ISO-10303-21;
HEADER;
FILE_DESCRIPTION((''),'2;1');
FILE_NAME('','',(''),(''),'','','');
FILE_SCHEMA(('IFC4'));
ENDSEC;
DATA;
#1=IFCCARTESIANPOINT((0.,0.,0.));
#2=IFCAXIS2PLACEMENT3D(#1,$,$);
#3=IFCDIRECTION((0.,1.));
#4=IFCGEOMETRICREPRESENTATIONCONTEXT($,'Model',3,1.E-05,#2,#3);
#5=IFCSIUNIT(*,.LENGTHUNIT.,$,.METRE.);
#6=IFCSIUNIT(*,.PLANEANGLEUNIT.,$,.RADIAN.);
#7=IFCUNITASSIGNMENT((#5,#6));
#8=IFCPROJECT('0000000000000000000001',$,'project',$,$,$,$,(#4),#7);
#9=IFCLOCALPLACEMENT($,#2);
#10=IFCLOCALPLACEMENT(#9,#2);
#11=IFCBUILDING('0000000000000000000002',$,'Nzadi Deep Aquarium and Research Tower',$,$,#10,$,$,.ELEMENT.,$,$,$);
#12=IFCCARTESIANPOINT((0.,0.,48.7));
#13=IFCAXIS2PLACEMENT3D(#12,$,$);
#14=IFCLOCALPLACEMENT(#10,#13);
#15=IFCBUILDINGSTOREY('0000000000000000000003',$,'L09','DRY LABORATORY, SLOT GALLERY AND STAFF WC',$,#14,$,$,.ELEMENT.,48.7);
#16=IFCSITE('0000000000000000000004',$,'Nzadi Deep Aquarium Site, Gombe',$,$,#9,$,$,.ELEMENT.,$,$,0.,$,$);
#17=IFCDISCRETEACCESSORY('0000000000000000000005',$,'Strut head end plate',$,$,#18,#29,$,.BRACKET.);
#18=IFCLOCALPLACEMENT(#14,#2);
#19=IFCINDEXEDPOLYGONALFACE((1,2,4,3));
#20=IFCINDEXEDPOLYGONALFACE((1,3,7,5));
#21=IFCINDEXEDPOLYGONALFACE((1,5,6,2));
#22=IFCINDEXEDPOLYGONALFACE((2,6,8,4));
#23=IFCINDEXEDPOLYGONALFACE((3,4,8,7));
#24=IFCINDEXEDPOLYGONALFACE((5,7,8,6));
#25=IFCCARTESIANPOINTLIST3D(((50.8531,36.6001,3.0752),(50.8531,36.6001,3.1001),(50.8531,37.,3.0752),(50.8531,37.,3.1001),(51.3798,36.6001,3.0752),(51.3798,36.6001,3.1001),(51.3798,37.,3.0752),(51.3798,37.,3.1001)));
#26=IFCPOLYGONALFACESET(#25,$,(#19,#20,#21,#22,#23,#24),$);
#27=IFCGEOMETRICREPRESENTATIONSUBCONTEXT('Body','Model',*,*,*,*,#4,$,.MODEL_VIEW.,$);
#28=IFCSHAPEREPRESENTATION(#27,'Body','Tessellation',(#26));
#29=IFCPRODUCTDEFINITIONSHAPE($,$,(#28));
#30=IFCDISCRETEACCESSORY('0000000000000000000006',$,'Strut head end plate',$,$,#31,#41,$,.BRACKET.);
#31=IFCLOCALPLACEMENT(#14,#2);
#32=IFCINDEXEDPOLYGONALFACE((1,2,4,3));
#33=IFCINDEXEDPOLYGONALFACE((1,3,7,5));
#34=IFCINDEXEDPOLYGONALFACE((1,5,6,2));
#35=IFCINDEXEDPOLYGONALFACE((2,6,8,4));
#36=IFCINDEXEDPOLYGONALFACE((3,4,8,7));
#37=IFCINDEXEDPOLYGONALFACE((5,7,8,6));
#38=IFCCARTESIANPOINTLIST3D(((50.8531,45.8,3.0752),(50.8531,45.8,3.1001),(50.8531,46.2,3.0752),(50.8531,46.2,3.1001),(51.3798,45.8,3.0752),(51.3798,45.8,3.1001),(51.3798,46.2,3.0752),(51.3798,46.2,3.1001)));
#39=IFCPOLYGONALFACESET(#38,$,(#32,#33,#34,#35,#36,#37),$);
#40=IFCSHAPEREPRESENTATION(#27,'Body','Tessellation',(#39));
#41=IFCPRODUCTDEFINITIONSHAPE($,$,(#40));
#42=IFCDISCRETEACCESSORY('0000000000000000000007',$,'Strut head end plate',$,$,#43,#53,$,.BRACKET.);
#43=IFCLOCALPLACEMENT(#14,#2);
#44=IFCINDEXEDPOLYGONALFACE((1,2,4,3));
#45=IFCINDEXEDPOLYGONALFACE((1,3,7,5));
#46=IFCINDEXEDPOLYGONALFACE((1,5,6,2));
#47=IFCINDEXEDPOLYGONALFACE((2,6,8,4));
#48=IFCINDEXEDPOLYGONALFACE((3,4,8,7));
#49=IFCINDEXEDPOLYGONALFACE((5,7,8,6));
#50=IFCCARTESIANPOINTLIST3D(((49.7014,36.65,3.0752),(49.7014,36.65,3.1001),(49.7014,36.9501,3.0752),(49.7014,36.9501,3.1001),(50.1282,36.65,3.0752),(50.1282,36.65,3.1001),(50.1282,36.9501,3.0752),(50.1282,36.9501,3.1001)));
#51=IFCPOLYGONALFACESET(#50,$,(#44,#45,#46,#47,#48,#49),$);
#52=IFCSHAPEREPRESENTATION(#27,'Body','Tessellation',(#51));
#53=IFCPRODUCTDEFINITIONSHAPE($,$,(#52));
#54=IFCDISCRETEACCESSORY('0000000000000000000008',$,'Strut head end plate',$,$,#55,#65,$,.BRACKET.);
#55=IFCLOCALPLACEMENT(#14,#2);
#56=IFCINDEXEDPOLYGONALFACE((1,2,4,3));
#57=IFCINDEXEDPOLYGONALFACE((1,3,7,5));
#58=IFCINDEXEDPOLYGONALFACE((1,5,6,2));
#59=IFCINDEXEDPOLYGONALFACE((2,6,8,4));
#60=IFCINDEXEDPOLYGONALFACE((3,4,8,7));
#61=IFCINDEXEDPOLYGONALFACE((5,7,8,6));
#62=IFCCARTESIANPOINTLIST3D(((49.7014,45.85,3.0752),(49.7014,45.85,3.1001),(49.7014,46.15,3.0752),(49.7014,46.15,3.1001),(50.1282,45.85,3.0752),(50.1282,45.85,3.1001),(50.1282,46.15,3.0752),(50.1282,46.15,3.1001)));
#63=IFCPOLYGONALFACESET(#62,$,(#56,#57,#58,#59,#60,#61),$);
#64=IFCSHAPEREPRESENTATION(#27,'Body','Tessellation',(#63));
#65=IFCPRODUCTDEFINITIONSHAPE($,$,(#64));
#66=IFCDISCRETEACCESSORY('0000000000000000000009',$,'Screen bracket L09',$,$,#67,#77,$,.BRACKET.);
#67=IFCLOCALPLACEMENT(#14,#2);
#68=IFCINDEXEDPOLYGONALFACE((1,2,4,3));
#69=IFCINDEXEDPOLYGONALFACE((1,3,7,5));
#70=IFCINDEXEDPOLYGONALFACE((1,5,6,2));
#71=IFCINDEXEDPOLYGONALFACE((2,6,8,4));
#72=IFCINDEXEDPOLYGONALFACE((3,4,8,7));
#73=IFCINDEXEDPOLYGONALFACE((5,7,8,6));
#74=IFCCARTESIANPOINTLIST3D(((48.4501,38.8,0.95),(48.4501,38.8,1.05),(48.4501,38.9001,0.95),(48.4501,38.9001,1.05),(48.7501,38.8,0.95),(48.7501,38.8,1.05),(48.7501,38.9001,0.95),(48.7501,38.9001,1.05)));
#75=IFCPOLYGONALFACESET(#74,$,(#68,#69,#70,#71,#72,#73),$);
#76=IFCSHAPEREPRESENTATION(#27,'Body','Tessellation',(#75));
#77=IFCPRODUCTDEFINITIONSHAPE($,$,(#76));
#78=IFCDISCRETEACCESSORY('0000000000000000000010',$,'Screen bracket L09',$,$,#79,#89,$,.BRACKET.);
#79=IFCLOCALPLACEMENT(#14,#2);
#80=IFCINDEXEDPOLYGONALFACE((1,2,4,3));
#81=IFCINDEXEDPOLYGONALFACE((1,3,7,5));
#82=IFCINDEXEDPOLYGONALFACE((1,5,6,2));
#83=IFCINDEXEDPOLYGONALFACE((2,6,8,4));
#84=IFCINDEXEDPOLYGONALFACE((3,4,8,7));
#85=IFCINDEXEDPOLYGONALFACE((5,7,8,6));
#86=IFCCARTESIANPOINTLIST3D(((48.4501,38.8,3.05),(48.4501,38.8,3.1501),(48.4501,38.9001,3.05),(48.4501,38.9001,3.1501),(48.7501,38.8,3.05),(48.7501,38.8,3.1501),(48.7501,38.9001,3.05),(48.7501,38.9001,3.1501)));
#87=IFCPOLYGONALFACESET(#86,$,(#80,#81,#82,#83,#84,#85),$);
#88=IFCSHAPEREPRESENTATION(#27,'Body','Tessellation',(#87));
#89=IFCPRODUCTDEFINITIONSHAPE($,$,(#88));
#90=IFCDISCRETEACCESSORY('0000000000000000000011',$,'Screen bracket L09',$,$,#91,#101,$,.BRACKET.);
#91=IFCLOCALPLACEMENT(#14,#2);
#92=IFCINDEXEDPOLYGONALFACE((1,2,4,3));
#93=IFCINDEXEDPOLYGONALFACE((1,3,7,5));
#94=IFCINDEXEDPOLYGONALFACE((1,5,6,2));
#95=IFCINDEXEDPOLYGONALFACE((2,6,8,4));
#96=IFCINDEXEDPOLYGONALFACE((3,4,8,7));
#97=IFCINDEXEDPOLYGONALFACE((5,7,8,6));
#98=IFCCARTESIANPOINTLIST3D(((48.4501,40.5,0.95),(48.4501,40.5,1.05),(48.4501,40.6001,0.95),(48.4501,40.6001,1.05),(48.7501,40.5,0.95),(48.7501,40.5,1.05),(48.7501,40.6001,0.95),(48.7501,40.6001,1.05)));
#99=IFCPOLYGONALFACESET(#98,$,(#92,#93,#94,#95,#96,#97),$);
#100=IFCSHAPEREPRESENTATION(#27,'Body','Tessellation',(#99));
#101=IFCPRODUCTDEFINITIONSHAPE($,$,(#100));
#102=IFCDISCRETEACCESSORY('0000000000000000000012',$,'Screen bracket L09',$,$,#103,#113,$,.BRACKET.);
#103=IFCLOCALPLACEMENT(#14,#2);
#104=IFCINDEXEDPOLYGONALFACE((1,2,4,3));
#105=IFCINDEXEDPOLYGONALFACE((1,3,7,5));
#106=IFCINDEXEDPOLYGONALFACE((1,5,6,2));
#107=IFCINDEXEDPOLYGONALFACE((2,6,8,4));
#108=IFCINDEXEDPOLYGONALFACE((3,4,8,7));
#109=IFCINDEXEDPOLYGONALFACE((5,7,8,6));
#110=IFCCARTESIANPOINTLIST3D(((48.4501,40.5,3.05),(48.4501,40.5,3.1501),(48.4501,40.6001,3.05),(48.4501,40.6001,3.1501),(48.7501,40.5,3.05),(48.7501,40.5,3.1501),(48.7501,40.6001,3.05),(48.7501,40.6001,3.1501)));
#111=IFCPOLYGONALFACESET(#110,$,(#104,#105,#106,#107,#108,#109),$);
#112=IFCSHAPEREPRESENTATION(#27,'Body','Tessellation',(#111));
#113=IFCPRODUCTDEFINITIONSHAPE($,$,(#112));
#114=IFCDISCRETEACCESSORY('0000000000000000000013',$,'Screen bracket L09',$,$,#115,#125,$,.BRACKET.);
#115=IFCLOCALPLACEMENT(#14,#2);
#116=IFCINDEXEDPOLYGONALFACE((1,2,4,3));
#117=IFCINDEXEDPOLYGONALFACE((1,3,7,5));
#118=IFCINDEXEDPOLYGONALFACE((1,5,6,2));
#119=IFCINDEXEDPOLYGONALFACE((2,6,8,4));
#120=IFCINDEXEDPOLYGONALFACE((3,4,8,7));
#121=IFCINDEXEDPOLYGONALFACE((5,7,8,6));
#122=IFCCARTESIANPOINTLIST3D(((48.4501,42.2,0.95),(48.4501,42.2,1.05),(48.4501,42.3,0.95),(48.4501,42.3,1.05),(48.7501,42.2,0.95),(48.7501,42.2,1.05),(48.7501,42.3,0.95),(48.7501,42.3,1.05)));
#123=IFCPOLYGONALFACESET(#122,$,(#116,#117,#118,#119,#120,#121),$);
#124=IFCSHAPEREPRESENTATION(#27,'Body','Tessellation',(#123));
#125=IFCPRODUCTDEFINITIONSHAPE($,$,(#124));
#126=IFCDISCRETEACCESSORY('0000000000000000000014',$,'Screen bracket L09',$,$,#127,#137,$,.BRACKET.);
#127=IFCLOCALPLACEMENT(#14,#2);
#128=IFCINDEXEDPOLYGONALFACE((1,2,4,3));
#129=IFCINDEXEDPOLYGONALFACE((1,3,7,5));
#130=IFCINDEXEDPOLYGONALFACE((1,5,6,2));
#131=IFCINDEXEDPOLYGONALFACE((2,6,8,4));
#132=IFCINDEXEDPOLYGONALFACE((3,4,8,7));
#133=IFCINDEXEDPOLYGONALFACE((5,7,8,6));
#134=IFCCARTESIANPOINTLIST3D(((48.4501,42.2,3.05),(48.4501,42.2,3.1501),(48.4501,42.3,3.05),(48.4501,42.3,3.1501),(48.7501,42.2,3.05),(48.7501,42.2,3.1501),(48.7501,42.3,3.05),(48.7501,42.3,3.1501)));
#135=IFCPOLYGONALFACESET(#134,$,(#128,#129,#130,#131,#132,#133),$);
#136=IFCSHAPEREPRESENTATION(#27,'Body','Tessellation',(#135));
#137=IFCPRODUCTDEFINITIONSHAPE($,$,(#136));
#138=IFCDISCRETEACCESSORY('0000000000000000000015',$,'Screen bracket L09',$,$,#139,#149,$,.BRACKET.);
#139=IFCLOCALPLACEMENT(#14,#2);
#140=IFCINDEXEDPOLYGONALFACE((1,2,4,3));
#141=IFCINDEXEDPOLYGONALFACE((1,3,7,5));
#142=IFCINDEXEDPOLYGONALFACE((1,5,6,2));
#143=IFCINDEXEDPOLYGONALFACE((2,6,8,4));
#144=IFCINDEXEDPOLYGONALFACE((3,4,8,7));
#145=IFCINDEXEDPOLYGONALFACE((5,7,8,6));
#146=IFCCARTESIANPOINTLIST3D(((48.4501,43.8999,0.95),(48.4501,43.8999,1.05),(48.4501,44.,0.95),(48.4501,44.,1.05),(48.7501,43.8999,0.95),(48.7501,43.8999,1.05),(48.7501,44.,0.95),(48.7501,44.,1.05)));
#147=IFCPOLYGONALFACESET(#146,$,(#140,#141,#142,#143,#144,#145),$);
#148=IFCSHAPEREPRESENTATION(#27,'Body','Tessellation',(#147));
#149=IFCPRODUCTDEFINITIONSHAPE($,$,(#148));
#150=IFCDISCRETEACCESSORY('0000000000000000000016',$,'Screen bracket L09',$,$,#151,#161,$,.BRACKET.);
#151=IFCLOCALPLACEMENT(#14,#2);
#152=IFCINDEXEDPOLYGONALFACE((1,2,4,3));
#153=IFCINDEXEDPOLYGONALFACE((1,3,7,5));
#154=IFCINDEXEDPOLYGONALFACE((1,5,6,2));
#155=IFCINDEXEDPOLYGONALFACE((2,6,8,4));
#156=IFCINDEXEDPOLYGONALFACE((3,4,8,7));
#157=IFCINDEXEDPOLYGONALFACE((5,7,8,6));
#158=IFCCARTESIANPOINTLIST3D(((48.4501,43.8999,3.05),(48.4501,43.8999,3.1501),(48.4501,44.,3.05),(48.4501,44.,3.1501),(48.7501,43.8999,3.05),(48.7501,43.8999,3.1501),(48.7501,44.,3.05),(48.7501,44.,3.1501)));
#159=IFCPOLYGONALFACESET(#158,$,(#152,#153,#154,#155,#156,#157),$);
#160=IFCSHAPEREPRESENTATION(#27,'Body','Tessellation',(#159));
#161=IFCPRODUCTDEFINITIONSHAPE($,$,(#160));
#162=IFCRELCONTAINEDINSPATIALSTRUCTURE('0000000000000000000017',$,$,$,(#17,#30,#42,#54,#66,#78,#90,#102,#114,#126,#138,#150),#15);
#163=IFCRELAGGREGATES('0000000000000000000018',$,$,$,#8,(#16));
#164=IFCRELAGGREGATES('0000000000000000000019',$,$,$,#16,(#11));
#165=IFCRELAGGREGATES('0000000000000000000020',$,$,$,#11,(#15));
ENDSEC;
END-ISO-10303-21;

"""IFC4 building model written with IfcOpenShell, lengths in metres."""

from ifc_helpers import new_model, si_unit, direction, frame, origin, origin_2d, place, context, subcontext, project, spatial, rectangle, extrude, element, save


model = new_model("IFC4")

# Units and contexts
model_context = context("Model", 3, precision=1e-05, world=origin(), true_north=direction((0.0, 1.0)))
body_context = subcontext(model_context, "Body", "Model", "MODEL_VIEW")
ifc_project = project(units=[si_unit("LENGTHUNIT", "METRE"), si_unit("PLANEANGLEUNIT", "RADIAN")], contexts=[model_context])

# Site, building, storey
site_placement = place(None, origin())
site = spatial("IfcSite", under=ifc_project, at=site_placement, Name="Nzadi Deep Aquarium Site, Gombe", CompositionType="ELEMENT", RefElevation=0.0)
building_placement = place(site_placement, origin())
building = spatial("IfcBuilding", under=site, at=building_placement, Name="Nzadi Deep Aquarium and Research Tower", CompositionType="ELEMENT")
storey_placement = place(building_placement, frame((0.0, 0.0, 48.7)))
storey = spatial("IfcBuildingStorey", under=building, at=storey_placement, Name="L09", Description="DRY LABORATORY, SLOT GALLERY AND STAFF WC", CompositionType="ELEMENT", Elevation=48.7)

# Discrete accessories
for number, where, z_axis, x_axis, name in (
    (1, (51.1165, 36.8, 3.0752), (0.0, 0.0, 1.0), (1.0, 0.0, 0.0), "Strut head end plate"),
    (2, (51.1165, 46.0, 3.0752), (0.0, 0.0, 1.0), (1.0, 0.0, 0.0), "Strut head end plate"),
):
    element("IfcDiscreteAccessory", number, at=place(storey_placement, frame(where, z_axis=z_axis, x_axis=x_axis)), inside=storey, Name=name, PredefinedType="BRACKET", context=body_context, shape_type="SweptSolid", body=[
        extrude(rectangle(XDim=0.5266, YDim=0.3999, at=origin_2d()), origin(), (0.0, 0.0, 1.0), 0.0249),
    ])
for number, where, z_axis, x_axis, name in (
    (3, (49.9148, 36.8, 3.0752), (0.0, 0.0, 1.0), (1.0, 0.0, 0.0), "Strut head end plate"),
    (4, (49.9148, 46.0, 3.0752), (0.0, 0.0, 1.0), (1.0, 0.0, 0.0), "Strut head end plate"),
):
    element("IfcDiscreteAccessory", number, at=place(storey_placement, frame(where, z_axis=z_axis, x_axis=x_axis)), inside=storey, Name=name, PredefinedType="BRACKET", context=body_context, shape_type="SweptSolid", body=[
        extrude(rectangle(XDim=0.4268, YDim=0.3, at=origin_2d()), origin(), (0.0, 0.0, 1.0), 0.0249),
    ])
for number, where, z_axis, x_axis, name in (
    (5, (48.6001, 38.8501, 0.95), (0.0, 0.0, 1.0), (1.0, 0.0, 0.0), "Screen bracket L09"),
    (6, (48.6001, 38.8501, 3.05), (0.0, 0.0, 1.0), (1.0, 0.0, 0.0), "Screen bracket L09"),
    (7, (48.6001, 40.55, 0.95), (0.0, 0.0, 1.0), (1.0, 0.0, 0.0), "Screen bracket L09"),
    (8, (48.6001, 40.55, 3.05), (0.0, 0.0, 1.0), (1.0, 0.0, 0.0), "Screen bracket L09"),
    (9, (48.6001, 42.25, 0.95), (0.0, 0.0, 1.0), (1.0, 0.0, 0.0), "Screen bracket L09"),
    (10, (48.6001, 42.25, 3.05), (0.0, 0.0, 1.0), (1.0, 0.0, 0.0), "Screen bracket L09"),
    (11, (48.6001, 43.95, 0.95), (0.0, 0.0, 1.0), (1.0, 0.0, 0.0), "Screen bracket L09"),
    (12, (48.6001, 43.95, 3.05), (0.0, 0.0, 1.0), (1.0, 0.0, 0.0), "Screen bracket L09"),
):
    element("IfcDiscreteAccessory", number, at=place(storey_placement, frame(where, z_axis=z_axis, x_axis=x_axis)), inside=storey, Name=name, PredefinedType="BRACKET", context=body_context, shape_type="SweptSolid", body=[
        extrude(rectangle(XDim=0.3, YDim=0.1001, at=origin_2d()), origin(), (0.0, 0.0, 1.0), 0.1001),
    ])

save(model, "model.ifc")
